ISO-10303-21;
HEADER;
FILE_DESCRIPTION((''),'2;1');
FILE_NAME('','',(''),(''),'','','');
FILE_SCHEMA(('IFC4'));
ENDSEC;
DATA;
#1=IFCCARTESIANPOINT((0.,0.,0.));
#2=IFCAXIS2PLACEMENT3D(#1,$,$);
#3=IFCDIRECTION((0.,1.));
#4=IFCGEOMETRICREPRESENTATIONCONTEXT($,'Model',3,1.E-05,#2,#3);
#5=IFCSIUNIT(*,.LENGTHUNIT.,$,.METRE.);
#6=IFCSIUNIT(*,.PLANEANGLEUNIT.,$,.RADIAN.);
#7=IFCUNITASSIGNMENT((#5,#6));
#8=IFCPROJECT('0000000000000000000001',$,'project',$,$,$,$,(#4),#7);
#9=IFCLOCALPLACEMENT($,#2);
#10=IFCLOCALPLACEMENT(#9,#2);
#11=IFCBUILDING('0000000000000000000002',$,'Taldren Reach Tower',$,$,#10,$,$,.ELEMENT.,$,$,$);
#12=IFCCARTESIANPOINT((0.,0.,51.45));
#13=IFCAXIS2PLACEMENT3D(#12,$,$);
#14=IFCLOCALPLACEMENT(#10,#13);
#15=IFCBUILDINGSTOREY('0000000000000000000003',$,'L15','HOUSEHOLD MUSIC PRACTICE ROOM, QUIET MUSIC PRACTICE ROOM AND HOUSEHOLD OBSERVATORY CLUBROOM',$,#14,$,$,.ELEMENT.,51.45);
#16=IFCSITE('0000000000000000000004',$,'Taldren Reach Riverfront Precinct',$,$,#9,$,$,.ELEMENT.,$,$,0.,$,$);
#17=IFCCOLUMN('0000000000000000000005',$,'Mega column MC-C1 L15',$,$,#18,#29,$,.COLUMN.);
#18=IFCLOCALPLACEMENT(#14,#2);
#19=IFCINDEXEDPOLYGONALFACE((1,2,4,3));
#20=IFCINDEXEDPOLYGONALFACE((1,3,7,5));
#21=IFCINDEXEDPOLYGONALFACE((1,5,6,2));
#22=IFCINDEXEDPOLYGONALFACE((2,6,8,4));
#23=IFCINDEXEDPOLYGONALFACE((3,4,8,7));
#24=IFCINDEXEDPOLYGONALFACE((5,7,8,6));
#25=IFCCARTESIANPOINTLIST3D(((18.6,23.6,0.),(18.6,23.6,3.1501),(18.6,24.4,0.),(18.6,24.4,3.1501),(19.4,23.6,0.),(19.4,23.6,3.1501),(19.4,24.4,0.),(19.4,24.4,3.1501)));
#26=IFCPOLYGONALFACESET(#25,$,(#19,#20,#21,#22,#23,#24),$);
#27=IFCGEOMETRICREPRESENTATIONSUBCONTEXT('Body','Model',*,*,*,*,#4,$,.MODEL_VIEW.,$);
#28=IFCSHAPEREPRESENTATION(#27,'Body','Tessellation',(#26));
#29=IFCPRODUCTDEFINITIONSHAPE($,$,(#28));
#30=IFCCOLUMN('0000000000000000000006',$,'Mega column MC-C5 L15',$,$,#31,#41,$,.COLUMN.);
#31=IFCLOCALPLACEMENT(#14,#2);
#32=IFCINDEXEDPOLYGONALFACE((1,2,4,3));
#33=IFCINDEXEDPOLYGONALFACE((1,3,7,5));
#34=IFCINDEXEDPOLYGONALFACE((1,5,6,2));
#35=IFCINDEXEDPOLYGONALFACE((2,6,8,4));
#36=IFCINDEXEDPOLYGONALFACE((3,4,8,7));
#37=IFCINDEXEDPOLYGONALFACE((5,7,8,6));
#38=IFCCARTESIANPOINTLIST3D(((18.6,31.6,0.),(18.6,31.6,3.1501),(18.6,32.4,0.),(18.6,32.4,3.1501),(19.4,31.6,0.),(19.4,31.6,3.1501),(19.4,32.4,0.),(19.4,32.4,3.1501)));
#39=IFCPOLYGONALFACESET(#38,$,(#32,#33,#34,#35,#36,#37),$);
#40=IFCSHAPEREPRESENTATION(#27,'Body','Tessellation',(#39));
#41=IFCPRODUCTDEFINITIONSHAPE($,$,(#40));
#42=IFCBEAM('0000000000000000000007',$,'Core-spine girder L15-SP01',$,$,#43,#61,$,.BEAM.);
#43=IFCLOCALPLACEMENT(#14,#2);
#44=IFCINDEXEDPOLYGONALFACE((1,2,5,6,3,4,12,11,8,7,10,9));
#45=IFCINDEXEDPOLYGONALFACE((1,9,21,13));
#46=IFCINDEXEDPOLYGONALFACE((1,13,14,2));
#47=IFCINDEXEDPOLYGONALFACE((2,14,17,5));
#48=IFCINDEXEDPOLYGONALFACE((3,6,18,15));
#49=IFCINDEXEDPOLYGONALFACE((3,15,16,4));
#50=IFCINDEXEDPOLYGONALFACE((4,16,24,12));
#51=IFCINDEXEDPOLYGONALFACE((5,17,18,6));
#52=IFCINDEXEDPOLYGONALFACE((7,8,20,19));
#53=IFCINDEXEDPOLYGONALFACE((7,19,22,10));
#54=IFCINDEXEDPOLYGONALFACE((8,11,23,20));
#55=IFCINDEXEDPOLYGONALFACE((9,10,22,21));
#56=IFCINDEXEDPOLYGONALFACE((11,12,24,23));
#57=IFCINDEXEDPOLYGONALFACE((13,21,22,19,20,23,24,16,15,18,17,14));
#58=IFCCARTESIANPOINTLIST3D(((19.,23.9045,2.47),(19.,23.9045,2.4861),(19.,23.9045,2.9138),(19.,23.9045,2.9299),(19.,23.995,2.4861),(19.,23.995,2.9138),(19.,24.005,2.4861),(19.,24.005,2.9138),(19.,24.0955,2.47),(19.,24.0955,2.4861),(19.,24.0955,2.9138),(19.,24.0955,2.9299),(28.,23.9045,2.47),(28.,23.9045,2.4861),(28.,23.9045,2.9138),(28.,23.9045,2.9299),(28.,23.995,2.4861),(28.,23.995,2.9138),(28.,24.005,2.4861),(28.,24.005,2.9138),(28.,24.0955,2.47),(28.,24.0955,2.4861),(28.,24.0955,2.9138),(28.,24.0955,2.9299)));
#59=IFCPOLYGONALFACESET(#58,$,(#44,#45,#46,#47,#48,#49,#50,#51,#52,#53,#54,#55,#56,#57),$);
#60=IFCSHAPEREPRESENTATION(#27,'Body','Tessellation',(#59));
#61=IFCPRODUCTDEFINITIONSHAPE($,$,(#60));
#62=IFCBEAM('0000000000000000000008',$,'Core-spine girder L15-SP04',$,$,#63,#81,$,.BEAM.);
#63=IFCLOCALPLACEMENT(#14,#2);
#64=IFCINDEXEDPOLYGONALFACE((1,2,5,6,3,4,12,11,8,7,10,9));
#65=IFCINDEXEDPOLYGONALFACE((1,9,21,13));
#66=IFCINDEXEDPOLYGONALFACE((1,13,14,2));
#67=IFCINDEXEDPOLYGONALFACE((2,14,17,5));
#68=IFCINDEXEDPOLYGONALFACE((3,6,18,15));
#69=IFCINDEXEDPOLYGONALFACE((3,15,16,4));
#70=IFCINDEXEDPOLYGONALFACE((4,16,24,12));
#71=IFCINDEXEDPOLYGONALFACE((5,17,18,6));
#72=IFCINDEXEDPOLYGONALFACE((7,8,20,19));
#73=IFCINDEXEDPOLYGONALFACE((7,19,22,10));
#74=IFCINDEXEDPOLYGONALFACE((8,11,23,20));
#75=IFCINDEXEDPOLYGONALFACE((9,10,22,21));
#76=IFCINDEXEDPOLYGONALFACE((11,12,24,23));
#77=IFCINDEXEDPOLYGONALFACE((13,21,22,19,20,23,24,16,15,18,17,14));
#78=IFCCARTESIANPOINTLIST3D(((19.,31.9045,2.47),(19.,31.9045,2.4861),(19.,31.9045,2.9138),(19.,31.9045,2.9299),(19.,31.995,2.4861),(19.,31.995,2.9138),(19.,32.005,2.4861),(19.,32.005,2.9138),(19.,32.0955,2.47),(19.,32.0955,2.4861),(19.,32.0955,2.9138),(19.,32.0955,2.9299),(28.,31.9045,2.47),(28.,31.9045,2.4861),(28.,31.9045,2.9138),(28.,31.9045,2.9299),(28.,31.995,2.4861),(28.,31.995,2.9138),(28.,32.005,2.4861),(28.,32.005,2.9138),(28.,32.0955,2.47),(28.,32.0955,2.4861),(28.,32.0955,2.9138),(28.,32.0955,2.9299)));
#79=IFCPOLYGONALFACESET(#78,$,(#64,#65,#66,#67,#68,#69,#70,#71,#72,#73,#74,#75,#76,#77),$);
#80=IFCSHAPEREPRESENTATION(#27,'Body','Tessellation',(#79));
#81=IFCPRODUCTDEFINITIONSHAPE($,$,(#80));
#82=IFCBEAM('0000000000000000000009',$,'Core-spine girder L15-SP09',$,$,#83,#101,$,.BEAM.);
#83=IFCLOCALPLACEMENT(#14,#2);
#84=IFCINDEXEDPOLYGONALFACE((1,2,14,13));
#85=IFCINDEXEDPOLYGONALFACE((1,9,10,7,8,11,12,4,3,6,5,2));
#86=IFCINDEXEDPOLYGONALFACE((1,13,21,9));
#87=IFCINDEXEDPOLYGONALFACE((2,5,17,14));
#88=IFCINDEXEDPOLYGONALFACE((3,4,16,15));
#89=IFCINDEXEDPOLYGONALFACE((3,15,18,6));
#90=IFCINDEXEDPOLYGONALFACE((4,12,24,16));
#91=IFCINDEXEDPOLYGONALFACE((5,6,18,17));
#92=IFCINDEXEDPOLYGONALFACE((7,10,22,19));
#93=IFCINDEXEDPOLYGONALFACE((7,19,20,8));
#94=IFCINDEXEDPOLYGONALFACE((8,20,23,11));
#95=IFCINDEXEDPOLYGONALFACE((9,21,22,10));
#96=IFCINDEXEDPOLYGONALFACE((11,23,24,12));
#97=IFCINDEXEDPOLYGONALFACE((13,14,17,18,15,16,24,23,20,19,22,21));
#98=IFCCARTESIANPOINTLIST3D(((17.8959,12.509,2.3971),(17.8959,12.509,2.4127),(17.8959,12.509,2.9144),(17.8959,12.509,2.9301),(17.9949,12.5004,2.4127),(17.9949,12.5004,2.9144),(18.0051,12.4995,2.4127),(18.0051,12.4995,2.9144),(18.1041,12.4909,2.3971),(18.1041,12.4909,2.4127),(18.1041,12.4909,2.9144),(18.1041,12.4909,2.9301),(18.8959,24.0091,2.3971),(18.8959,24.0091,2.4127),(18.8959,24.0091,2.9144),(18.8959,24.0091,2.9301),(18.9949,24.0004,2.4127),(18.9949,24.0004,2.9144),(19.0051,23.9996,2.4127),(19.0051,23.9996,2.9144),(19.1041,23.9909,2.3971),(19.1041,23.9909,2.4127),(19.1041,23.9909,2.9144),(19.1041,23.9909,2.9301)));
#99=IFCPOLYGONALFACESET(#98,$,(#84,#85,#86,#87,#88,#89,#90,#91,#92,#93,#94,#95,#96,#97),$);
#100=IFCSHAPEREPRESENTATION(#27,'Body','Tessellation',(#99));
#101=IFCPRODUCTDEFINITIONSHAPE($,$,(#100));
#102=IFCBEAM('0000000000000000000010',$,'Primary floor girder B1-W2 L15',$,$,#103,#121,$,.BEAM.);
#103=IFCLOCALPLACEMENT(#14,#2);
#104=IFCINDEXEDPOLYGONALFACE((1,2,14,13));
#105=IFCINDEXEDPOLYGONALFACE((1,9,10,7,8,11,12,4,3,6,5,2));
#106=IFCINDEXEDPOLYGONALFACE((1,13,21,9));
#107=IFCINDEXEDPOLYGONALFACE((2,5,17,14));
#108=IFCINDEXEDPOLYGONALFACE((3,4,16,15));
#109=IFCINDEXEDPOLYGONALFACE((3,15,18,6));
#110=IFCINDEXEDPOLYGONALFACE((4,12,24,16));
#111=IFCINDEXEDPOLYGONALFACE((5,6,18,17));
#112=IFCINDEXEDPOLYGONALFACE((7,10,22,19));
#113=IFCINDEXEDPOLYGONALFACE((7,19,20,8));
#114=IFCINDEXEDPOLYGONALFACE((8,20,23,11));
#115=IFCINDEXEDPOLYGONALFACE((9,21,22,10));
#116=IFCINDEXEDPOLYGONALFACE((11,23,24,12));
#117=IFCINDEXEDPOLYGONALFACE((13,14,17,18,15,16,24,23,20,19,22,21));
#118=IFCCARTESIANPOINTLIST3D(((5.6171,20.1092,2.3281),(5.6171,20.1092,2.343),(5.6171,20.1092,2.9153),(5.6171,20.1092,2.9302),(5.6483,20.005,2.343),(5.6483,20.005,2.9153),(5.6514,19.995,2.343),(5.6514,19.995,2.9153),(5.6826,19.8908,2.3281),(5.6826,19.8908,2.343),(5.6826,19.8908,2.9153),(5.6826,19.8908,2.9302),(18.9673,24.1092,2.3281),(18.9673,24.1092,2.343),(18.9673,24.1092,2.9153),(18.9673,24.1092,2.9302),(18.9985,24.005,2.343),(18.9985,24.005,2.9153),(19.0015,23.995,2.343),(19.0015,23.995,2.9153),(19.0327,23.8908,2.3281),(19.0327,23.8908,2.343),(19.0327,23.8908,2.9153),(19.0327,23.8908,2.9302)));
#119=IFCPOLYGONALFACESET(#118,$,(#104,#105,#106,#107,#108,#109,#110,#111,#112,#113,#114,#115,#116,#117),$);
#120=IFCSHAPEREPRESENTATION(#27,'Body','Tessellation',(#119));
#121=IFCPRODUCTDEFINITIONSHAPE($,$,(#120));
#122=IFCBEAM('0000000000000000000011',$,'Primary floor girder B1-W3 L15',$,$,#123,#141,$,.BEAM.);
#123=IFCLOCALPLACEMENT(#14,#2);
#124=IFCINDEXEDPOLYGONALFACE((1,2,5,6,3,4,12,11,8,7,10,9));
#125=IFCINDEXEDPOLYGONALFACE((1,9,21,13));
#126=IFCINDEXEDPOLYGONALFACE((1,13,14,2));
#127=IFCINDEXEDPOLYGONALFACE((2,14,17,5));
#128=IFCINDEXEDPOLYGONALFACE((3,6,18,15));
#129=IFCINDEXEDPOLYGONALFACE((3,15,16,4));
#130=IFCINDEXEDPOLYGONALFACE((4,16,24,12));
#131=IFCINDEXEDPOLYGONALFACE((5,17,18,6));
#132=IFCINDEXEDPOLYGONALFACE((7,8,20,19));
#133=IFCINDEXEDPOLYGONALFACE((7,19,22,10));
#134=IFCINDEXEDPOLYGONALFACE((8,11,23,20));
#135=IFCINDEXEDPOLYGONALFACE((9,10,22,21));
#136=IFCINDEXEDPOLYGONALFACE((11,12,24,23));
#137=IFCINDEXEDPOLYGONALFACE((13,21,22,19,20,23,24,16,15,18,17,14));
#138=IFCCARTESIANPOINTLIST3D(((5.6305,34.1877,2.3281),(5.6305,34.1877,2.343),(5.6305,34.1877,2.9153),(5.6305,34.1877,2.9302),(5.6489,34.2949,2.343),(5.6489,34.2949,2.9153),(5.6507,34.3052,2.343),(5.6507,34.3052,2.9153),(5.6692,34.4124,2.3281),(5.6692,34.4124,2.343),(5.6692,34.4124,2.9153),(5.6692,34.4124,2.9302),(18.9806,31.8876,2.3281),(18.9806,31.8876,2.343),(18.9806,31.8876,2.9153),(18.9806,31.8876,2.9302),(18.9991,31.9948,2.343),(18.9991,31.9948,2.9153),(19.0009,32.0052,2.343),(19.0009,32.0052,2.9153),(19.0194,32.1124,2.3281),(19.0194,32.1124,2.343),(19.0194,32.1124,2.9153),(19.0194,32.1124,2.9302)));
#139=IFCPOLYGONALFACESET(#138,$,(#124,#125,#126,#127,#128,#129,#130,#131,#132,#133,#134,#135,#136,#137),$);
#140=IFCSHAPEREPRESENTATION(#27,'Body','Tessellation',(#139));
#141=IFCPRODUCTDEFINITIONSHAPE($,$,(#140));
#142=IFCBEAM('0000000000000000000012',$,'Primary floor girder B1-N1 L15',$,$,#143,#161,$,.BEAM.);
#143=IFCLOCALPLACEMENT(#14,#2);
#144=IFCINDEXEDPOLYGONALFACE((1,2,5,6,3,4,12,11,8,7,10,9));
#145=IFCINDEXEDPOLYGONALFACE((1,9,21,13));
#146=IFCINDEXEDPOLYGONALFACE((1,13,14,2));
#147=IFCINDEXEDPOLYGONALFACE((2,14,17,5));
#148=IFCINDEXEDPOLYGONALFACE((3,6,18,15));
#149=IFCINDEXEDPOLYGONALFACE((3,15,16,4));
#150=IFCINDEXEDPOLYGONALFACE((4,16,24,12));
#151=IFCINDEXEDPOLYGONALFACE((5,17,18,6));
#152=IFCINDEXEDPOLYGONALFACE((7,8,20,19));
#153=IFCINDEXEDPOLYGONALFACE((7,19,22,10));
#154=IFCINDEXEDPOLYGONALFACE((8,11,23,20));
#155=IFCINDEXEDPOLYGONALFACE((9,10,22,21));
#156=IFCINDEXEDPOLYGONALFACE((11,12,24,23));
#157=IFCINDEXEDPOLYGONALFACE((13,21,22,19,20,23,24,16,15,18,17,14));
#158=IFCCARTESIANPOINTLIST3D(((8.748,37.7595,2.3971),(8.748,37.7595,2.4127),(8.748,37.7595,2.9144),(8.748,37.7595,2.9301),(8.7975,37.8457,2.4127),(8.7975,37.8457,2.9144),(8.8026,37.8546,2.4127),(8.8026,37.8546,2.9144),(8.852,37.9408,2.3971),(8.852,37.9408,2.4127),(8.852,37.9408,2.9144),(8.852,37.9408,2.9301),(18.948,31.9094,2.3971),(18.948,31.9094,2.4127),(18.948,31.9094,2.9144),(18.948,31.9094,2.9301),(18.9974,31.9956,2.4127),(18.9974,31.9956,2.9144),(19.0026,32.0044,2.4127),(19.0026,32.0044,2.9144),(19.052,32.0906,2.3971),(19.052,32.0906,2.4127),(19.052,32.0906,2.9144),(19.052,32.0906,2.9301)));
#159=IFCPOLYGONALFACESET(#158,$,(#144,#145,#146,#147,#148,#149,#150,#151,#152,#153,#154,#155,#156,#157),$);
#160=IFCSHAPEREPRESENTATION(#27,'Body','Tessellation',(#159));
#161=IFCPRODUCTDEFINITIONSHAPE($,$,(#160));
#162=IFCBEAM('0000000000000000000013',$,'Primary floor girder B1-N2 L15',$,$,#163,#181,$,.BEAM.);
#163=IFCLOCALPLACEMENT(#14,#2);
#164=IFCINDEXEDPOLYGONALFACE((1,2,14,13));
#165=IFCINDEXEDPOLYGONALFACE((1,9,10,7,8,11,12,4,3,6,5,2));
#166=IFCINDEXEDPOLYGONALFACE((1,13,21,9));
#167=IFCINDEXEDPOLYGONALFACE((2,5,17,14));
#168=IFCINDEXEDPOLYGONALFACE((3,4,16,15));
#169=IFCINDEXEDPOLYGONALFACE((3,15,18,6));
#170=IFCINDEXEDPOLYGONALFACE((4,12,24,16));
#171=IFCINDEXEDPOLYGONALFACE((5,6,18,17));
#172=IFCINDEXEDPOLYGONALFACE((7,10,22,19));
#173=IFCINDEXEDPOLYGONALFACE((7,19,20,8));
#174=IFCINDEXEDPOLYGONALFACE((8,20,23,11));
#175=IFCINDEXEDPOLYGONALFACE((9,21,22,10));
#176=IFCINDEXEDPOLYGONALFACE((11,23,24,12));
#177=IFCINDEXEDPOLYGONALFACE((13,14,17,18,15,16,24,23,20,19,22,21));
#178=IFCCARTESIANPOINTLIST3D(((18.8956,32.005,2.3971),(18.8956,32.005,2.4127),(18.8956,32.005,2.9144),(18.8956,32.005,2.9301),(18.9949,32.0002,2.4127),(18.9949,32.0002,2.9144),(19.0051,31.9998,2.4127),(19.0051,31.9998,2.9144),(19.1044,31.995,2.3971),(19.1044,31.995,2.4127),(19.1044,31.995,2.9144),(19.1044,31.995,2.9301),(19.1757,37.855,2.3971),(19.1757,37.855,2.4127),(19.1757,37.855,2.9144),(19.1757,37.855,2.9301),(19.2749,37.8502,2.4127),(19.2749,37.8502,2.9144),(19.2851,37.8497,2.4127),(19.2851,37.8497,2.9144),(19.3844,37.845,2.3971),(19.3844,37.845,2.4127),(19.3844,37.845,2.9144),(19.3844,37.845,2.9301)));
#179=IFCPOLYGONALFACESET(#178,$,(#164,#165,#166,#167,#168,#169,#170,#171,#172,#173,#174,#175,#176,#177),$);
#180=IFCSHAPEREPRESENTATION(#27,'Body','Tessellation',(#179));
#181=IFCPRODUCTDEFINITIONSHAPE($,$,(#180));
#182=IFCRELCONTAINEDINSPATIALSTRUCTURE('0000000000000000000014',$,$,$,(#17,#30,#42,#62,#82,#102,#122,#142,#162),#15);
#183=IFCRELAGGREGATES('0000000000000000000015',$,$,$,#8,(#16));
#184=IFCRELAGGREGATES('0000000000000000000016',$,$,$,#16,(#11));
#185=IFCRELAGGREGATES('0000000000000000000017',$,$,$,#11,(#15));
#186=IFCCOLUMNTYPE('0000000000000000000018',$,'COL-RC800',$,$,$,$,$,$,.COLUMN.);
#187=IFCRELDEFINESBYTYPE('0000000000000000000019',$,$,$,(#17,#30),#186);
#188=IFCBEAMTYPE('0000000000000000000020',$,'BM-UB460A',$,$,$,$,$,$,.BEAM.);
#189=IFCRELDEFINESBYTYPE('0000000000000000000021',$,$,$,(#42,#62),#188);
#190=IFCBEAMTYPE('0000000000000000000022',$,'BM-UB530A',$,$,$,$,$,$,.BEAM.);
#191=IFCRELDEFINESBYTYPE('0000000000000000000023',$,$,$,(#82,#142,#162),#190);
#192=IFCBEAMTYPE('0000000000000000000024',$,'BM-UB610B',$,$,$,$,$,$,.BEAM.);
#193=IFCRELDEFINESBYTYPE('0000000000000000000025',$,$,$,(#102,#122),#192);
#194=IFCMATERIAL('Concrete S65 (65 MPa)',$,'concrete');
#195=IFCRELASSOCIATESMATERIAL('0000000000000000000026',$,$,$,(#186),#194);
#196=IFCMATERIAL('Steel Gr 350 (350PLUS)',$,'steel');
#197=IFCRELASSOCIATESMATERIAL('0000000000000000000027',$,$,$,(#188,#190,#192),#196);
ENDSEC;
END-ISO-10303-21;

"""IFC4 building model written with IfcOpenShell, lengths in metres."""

from ifc_helpers import new_model, si_unit, direction, frame, origin, origin_2d, place, context, subcontext, project, spatial, rectangle, i_section, extrude, source, transform, mapped, material, material_profile, profile_set, type_object, element, save


model = new_model("IFC4")

# Units and contexts
model_context = context("Model", 3, precision=1e-05, world=origin(), true_north=direction((0.0, 1.0)))
body_context = subcontext(model_context, "Body", "Model", "MODEL_VIEW")
ifc_project = project(units=[si_unit("LENGTHUNIT", "METRE"), si_unit("PLANEANGLEUNIT", "RADIAN")], contexts=[model_context])

# Site, building, storey
site_placement = place(None, origin())
site = spatial("IfcSite", under=ifc_project, at=site_placement, Name="Taldren Reach Riverfront Precinct", CompositionType="ELEMENT", RefElevation=0.0)
building_placement = place(site_placement, origin())
building = spatial("IfcBuilding", under=site, at=building_placement, Name="Taldren Reach Tower", CompositionType="ELEMENT")
storey_placement = place(building_placement, frame((0.0, 0.0, 51.45)))
storey = spatial("IfcBuildingStorey", under=building, at=storey_placement, Name="L15", Description="HOUSEHOLD MUSIC PRACTICE ROOM, QUIET MUSIC PRACTICE ROOM AND HOUSEHOLD OBSERVATORY CLUBROOM", CompositionType="ELEMENT", Elevation=51.45)

# Columns
ifc_material_1 = material(Name="Concrete S65 (65 MPa)", Category="concrete")
ifc_material_profile_1 = material_profile(ifc_material_1, rectangle(XDim=0.8, YDim=0.8, at=origin_2d()), Name="RC-800x800")
ifc_profile_set_1 = profile_set([ifc_material_profile_1], Name="Concrete S65 (65 MPa)")
column_type = type_object("IfcColumnType", Name="COL-RC800", PredefinedType="COLUMN", material=ifc_profile_set_1)
shared_shape_1 = source(origin(), body_context, "Body", "SweptSolid", [
    extrude(rectangle(XDim=0.8, YDim=0.8, at=origin_2d()), origin(), (0.0, 0.0, 1.0), 3.1501),
])
for number, where, z_axis, x_axis, name in (
    (1, (19.0, 24.0, 0.0), (0.0, 0.0, 1.0), (1.0, 0.0, 0.0), "Mega column MC-C1 L15"),
    (2, (19.0, 32.0, 0.0), (0.0, 0.0, 1.0), (1.0, 0.0, 0.0), "Mega column MC-C5 L15"),
):
    element("IfcColumn", number, at=place(storey_placement, frame(where, z_axis=z_axis, x_axis=x_axis)), inside=storey, type_object=column_type, Name=name, PredefinedType="COLUMN", context=body_context, shape_type="MappedRepresentation", body=[
        mapped(shared_shape_1, transform((0.0, 0.0, 0.0), scale=1.0)),
    ])

# Beams
ifc_material_2 = material(Name="Steel Gr 350 (350PLUS)", Category="steel")
ifc_material_profile_2 = material_profile(ifc_material_2, i_section(OverallWidth=0.1909, OverallDepth=0.46, WebThickness=0.01, FlangeThickness=0.0161, at=origin_2d()), Name="460UB82.1")
ifc_profile_set_2 = profile_set([ifc_material_profile_2], Name="Steel Gr 350 (350PLUS)")
beam_type_1 = type_object("IfcBeamType", Name="BM-UB460A", PredefinedType="BEAM", material=ifc_profile_set_2)
shared_shape_2 = source(origin(), body_context, "Body", "SweptSolid", [
    extrude(i_section(OverallWidth=0.1909, OverallDepth=0.46, WebThickness=0.01, FlangeThickness=0.0161, at=origin_2d()), origin(), (0.0, 0.0, 1.0), 9.0),
])
for number, where, z_axis, x_axis, name in (
    (3, (19.0, 24.0, 2.7), (1.0, 0.0, 0.0), (0.0, 1.0, 0.0), "Core-spine girder L15-SP01"),
    (4, (19.0, 32.0, 2.7), (1.0, 0.0, 0.0), (0.0, 1.0, 0.0), "Core-spine girder L15-SP04"),
):
    element("IfcBeam", number, at=place(storey_placement, frame(where, z_axis=z_axis, x_axis=x_axis)), inside=storey, type_object=beam_type_1, Name=name, PredefinedType="BEAM", context=body_context, shape_type="MappedRepresentation", body=[
        mapped(shared_shape_2, transform((0.0, 0.0, 0.0), scale=1.0)),
    ])
ifc_material_profile_3 = material_profile(ifc_material_2, i_section(OverallWidth=0.209, OverallDepth=0.533, WebThickness=0.0103, FlangeThickness=0.0156, at=origin_2d()), Name="530UB92.4")
ifc_profile_set_3 = profile_set([ifc_material_profile_3], Name="Steel Gr 350 (350PLUS)")
beam_type_2 = type_object("IfcBeamType", Name="BM-UB530A", PredefinedType="BEAM", material=ifc_profile_set_3)
shared_shape_3 = source(origin(), body_context, "Body", "SweptSolid", [
    extrude(i_section(OverallWidth=0.209, OverallDepth=0.533, WebThickness=0.0103, FlangeThickness=0.0156, at=origin_2d()), origin(), (0.0, 0.0, 1.0), 11.5435),
])
beam_1_placement = place(storey_placement, frame((19.0, 24.0, 2.6636), z_axis=(-0.08663, -0.996241, 0.0), x_axis=(0.996241, -0.08663, 0.0)))
element("IfcBeam", 5, at=beam_1_placement, inside=storey, type_object=beam_type_2, Name="Core-spine girder L15-SP09", PredefinedType="BEAM", context=body_context, shape_type="MappedRepresentation", body=[
    mapped(shared_shape_3, transform((0.0, 0.0, 0.0), scale=1.0)),
])
ifc_material_profile_4 = material_profile(ifc_material_2, i_section(OverallWidth=0.228, OverallDepth=0.6021, WebThickness=0.0105, FlangeThickness=0.0149, at=origin_2d()), Name="610UB101")
ifc_profile_set_4 = profile_set([ifc_material_profile_4], Name="Steel Gr 350 (350PLUS)")
beam_type_3 = type_object("IfcBeamType", Name="BM-UB610B", PredefinedType="BEAM", material=ifc_profile_set_4)
shared_shape_4 = source(origin(), body_context, "Body", "SweptSolid", [
    extrude(i_section(OverallWidth=0.228, OverallDepth=0.6021, WebThickness=0.0105, FlangeThickness=0.0149, at=origin_2d()), origin(), (0.0, 0.0, 1.0), 13.9365),
])
beam_2_placement = place(storey_placement, frame((19.0, 24.0, 2.6292), z_axis=(-0.957926, -0.287017, 0.0), x_axis=(0.287017, -0.957926, 0.0)))
element("IfcBeam", 6, at=beam_2_placement, inside=storey, type_object=beam_type_3, Name="Primary floor girder B1-W2 L15", PredefinedType="BEAM", context=body_context, shape_type="MappedRepresentation", body=[
    mapped(shared_shape_4, transform((0.0, 0.0, 0.0), scale=1.0)),
])
shared_shape_5 = source(origin(), body_context, "Body", "SweptSolid", [
    extrude(i_section(OverallWidth=0.228, OverallDepth=0.6021, WebThickness=0.0105, FlangeThickness=0.0149, at=origin_2d()), origin(), (0.0, 0.0, 1.0), 13.5469),
])
beam_3_placement = place(storey_placement, frame((19.0, 32.0, 2.6292), z_axis=(-0.985481, 0.169786, 0.0), x_axis=(-0.169786, -0.985481, 0.0)))
element("IfcBeam", 7, at=beam_3_placement, inside=storey, type_object=beam_type_3, Name="Primary floor girder B1-W3 L15", PredefinedType="BEAM", context=body_context, shape_type="MappedRepresentation", body=[
    mapped(shared_shape_5, transform((0.0, 0.0, 0.0), scale=1.0)),
])
shared_shape_6 = source(origin(), body_context, "Body", "SweptSolid", [
    extrude(i_section(OverallWidth=0.209, OverallDepth=0.533, WebThickness=0.0103, FlangeThickness=0.0156, at=origin_2d()), origin(), (0.0, 0.0, 1.0), 11.7585),
])
beam_4_placement = place(storey_placement, frame((19.0, 32.0, 2.6636), z_axis=(-0.867452, 0.49752, 0.0), x_axis=(-0.49752, -0.867452, 0.0)))
element("IfcBeam", 8, at=beam_4_placement, inside=storey, type_object=beam_type_2, Name="Primary floor girder B1-N1 L15", PredefinedType="BEAM", context=body_context, shape_type="MappedRepresentation", body=[
    mapped(shared_shape_6, transform((0.0, 0.0, 0.0), scale=1.0)),
])
shared_shape_7 = source(origin(), body_context, "Body", "SweptSolid", [
    extrude(i_section(OverallWidth=0.209, OverallDepth=0.533, WebThickness=0.0103, FlangeThickness=0.0156, at=origin_2d()), origin(), (0.0, 0.0, 1.0), 5.8567),
])
beam_5_placement = place(storey_placement, frame((19.0, 32.0, 2.6636), z_axis=(0.047813, 0.998856, 0.0), x_axis=(-0.998856, 0.047813, 0.0)))
element("IfcBeam", 9, at=beam_5_placement, inside=storey, type_object=beam_type_2, Name="Primary floor girder B1-N2 L15", PredefinedType="BEAM", context=body_context, shape_type="MappedRepresentation", body=[
    mapped(shared_shape_7, transform((0.0, 0.0, 0.0), scale=1.0)),
])

save(model, "model.ifc")
